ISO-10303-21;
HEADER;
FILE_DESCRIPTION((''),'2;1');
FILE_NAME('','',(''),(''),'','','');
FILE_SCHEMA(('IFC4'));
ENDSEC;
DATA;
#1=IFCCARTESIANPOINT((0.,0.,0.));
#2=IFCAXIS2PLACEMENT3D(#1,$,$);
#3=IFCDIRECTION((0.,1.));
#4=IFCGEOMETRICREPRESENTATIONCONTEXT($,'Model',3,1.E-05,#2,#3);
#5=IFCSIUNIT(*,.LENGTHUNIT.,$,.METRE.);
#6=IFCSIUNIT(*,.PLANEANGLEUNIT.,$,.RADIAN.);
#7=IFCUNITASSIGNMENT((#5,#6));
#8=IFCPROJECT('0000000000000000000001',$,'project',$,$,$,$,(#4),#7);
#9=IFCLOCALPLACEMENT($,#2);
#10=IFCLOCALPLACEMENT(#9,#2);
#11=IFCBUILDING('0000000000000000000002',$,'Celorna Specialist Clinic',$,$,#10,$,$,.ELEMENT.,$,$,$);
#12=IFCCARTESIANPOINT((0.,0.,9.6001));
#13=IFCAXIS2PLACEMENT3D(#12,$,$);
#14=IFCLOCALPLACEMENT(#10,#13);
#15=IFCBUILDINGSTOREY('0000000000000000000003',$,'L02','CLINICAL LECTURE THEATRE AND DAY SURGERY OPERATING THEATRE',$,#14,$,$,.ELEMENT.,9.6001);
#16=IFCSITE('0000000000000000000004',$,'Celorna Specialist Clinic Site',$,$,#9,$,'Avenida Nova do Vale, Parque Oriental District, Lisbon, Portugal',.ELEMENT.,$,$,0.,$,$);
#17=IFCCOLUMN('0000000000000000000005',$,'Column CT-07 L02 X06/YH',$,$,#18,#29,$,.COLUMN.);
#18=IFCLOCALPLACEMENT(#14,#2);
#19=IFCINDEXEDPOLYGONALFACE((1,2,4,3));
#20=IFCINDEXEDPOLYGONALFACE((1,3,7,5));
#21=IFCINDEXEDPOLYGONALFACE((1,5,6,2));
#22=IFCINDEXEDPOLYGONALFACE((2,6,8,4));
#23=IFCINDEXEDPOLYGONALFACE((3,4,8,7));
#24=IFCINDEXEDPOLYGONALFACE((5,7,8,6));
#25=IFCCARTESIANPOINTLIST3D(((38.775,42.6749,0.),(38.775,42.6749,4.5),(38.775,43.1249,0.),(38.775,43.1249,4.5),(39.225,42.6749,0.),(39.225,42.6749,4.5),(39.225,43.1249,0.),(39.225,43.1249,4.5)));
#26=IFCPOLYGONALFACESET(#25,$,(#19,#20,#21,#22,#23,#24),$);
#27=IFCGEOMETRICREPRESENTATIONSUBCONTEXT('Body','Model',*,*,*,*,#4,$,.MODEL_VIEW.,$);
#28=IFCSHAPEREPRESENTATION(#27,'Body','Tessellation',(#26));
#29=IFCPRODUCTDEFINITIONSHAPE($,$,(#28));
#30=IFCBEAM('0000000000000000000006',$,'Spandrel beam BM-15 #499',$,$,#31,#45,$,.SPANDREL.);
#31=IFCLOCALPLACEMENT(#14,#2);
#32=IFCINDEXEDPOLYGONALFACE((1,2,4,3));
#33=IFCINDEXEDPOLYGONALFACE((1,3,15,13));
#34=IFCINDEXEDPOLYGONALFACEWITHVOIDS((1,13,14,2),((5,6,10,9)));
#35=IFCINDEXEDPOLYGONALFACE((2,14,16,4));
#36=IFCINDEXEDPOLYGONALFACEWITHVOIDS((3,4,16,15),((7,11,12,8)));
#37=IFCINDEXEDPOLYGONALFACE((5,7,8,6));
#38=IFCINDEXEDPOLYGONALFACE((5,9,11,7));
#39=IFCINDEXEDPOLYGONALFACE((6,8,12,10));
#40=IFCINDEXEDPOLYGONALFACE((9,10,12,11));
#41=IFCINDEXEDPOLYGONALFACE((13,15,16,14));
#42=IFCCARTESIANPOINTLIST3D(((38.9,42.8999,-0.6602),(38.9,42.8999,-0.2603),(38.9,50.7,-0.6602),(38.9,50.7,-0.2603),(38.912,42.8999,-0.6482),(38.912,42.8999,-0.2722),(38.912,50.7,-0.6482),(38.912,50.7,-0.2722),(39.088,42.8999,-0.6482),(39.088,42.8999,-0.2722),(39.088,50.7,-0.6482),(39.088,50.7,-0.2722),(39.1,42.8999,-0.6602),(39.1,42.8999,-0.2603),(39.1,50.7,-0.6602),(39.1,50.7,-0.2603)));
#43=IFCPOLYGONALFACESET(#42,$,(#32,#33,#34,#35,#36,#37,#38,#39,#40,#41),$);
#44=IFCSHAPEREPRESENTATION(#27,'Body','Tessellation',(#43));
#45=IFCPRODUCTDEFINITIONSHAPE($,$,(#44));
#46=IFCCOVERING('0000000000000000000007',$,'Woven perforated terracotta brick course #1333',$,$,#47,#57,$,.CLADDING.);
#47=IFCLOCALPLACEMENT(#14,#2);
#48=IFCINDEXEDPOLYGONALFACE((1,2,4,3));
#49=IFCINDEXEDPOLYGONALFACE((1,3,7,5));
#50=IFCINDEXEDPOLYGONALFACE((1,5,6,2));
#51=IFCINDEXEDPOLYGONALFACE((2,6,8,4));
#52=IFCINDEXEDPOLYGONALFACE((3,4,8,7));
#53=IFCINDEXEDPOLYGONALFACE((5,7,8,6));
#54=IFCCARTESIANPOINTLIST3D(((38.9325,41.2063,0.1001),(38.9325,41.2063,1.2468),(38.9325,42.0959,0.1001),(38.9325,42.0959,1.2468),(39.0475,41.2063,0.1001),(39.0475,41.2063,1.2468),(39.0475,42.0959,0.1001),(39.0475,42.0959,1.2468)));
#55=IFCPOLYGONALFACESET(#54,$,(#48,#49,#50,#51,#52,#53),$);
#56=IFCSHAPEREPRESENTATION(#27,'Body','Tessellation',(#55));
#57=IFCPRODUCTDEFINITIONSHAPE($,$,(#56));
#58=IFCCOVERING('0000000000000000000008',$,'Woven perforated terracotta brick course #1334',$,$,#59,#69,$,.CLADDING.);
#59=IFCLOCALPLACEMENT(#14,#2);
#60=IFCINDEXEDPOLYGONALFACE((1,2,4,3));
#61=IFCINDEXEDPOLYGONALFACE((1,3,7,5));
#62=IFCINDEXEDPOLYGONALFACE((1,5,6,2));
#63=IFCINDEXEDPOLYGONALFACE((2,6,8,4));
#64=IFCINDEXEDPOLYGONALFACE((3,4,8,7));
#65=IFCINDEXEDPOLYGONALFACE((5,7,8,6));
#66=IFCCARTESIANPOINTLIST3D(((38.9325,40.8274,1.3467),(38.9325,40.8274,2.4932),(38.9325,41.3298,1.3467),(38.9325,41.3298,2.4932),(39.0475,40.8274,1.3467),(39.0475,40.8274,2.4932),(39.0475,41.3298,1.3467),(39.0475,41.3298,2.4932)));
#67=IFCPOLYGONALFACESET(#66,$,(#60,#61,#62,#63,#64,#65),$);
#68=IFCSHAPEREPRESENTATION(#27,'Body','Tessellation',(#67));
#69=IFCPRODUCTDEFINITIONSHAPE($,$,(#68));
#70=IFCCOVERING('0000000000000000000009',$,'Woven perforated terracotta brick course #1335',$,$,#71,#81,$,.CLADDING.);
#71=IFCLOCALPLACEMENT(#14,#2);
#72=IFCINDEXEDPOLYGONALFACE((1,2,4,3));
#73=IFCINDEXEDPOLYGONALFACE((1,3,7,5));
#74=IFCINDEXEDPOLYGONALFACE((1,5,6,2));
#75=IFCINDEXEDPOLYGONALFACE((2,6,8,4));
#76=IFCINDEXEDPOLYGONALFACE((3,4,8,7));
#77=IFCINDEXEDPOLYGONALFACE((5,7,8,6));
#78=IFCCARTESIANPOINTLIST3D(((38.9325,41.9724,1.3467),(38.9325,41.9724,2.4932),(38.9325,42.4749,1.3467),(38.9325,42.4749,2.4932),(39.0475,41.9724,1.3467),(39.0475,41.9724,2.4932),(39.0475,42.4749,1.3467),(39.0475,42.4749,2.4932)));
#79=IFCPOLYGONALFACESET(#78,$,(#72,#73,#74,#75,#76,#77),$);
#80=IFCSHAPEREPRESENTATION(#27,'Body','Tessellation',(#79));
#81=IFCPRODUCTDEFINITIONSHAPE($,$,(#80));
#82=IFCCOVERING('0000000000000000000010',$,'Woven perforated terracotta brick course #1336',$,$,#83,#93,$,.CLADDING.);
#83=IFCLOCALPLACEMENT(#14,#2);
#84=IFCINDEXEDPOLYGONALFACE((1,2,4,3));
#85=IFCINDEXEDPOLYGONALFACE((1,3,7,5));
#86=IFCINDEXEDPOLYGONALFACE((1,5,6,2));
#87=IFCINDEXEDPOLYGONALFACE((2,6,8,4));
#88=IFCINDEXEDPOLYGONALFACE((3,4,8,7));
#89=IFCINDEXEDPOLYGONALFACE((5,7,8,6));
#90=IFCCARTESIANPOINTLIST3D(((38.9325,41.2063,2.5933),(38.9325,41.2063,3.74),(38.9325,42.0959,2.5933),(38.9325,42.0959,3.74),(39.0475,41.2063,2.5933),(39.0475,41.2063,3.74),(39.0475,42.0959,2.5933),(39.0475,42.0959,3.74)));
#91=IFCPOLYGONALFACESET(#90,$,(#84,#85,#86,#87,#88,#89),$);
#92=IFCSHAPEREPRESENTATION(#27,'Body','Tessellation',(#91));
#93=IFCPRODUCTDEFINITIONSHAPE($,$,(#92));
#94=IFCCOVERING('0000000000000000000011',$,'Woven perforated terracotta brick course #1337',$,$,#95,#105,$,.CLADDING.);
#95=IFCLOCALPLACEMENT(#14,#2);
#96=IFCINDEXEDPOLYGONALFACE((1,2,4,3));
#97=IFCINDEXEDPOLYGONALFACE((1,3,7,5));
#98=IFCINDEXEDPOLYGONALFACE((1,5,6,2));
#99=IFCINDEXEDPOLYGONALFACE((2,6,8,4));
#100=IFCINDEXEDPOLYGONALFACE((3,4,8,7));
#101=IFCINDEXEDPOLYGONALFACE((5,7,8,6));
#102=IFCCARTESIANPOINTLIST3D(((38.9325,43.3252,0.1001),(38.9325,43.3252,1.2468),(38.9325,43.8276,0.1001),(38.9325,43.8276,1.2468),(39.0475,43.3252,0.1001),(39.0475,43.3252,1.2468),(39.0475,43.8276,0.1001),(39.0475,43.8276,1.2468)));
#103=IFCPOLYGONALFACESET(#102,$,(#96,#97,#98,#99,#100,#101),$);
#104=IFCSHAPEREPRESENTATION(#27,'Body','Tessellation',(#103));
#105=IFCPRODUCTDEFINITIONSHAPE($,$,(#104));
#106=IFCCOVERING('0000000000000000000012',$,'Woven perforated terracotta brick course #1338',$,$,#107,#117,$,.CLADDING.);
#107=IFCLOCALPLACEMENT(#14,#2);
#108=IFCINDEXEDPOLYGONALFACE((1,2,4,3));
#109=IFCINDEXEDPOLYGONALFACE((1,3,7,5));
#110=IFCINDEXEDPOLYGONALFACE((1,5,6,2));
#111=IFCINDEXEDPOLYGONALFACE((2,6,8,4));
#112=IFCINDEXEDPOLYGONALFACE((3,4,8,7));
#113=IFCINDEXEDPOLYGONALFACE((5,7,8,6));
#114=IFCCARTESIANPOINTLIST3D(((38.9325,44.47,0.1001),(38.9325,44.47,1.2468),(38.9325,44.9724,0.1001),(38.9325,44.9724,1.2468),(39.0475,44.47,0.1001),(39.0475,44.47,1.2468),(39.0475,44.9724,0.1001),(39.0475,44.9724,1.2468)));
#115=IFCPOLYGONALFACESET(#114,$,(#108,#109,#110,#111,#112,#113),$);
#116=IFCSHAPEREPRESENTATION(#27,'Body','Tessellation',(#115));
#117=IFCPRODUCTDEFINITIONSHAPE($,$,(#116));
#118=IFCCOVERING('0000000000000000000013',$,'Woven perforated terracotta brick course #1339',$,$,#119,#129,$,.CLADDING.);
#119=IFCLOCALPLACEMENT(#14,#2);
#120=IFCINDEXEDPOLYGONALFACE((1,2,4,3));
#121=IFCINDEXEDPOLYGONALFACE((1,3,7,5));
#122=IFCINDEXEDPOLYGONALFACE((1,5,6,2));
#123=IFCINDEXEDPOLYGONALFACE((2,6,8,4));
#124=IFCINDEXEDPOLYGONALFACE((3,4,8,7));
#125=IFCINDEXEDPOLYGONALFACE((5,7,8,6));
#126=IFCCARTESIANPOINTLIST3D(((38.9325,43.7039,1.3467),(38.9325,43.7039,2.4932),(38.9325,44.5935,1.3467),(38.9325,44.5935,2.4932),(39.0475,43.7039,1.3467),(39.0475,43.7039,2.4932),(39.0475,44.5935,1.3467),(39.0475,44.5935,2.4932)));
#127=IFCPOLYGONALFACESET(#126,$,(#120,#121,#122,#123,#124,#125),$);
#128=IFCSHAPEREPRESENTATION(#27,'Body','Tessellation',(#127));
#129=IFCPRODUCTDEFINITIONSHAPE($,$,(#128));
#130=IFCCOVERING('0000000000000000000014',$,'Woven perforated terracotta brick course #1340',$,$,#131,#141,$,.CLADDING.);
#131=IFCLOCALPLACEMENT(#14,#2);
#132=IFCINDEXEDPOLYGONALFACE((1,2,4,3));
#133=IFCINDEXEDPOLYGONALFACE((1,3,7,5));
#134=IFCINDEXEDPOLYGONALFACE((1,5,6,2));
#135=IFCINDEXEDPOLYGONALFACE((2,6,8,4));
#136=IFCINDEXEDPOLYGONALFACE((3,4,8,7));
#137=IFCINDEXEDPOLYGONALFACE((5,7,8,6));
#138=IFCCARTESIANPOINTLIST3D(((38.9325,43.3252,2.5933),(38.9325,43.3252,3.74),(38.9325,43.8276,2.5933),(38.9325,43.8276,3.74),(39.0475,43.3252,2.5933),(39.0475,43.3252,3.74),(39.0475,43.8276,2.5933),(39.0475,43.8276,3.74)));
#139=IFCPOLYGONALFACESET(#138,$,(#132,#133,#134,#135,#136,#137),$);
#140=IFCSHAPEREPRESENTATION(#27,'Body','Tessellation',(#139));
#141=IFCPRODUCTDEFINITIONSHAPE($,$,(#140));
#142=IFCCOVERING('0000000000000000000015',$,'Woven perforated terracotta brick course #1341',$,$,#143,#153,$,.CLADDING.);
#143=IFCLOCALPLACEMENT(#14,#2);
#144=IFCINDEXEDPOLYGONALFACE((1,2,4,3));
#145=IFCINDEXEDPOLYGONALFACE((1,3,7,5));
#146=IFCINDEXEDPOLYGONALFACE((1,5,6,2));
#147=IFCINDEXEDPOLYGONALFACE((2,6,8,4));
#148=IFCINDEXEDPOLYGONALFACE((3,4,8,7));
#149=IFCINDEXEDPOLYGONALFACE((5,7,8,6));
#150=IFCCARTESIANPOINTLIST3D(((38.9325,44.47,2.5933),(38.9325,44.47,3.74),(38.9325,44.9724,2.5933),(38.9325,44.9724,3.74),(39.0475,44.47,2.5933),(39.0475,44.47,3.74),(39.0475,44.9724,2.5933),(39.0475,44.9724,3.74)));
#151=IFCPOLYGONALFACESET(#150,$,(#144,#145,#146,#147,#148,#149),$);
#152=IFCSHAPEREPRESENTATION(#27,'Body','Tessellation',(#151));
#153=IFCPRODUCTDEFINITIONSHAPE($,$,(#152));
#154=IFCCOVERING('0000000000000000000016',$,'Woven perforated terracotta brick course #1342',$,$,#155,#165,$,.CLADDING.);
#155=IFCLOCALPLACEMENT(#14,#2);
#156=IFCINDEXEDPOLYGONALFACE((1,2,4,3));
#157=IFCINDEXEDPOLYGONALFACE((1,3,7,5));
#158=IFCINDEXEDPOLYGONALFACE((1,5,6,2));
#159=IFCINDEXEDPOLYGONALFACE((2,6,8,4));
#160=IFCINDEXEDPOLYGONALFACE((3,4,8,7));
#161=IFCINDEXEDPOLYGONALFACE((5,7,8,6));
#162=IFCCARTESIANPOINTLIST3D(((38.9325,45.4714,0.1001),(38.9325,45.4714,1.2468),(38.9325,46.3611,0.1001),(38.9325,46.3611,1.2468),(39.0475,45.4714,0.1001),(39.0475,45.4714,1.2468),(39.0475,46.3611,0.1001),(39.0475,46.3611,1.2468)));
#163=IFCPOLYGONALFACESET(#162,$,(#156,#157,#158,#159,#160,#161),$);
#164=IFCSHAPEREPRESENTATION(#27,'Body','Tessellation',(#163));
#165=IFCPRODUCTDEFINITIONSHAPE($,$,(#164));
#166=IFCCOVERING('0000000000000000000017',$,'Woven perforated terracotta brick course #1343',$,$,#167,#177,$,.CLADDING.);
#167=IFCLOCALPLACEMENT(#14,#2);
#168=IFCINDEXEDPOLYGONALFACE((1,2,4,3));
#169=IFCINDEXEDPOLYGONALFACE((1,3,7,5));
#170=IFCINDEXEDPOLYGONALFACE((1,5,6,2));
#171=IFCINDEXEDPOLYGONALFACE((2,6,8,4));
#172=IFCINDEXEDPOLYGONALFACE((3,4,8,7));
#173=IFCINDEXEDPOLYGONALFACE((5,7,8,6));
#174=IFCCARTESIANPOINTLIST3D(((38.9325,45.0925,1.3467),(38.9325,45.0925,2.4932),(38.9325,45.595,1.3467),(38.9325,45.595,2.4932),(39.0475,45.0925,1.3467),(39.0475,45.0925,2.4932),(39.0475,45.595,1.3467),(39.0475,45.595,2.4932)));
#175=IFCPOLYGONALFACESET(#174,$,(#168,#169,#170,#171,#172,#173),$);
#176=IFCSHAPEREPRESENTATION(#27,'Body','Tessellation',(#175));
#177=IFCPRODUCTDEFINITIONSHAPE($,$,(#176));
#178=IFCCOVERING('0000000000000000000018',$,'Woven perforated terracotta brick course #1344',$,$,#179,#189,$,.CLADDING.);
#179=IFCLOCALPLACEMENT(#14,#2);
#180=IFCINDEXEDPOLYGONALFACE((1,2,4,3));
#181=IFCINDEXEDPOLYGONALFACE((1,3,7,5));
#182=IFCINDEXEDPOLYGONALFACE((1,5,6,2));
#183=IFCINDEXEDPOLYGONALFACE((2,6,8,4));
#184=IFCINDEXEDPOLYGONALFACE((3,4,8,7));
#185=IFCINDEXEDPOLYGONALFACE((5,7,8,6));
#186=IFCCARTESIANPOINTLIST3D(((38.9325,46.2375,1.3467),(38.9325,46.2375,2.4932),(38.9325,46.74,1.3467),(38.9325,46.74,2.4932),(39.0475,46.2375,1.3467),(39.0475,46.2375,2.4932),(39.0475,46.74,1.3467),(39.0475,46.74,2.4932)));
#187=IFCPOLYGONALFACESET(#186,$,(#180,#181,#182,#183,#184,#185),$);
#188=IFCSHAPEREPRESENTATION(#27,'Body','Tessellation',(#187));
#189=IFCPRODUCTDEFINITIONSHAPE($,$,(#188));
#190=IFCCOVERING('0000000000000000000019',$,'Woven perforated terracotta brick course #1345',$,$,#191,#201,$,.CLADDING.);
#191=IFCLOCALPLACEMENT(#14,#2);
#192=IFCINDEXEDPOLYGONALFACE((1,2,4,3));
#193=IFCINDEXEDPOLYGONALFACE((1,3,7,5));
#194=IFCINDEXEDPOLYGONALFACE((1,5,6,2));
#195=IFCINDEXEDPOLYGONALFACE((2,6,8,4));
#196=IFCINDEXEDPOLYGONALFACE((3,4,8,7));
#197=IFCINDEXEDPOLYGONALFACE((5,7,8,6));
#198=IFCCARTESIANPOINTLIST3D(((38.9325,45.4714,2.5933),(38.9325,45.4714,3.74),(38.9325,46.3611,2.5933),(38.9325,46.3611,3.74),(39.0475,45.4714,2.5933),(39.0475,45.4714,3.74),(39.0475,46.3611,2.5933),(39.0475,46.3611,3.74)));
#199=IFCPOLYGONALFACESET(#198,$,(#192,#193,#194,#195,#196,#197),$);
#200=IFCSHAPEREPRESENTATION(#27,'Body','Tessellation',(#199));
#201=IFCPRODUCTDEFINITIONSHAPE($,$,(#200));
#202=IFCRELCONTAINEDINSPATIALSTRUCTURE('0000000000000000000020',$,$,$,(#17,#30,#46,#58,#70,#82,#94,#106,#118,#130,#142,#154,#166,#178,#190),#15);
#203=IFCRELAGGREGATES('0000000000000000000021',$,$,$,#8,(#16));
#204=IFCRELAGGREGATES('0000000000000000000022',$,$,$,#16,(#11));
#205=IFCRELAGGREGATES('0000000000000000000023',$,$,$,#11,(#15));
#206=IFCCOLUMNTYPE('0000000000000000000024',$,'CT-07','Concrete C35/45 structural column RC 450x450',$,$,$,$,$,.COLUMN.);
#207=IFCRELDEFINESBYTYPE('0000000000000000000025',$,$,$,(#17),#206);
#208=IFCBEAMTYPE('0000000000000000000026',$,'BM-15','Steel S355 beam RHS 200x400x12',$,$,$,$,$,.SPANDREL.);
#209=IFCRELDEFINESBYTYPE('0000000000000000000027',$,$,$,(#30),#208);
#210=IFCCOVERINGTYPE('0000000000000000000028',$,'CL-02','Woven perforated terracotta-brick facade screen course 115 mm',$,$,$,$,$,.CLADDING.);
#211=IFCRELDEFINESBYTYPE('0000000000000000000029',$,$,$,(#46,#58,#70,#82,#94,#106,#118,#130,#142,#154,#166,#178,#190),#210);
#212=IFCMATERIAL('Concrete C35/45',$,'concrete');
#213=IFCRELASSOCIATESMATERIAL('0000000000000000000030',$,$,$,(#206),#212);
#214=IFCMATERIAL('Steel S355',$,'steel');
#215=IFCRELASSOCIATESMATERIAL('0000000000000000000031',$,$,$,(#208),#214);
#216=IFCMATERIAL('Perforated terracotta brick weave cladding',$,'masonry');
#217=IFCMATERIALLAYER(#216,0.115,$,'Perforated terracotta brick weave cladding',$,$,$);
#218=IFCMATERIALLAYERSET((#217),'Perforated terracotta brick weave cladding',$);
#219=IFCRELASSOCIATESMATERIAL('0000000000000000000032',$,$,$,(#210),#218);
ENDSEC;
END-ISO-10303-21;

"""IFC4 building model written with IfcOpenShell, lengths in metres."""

from ifc_helpers import new_model, si_unit, direction, frame, origin, origin_2d, place, context, subcontext, project, spatial, rectangle, hollow_rectangle, extrude, material, layer, layer_set, material_profile, profile_set, type_object, element, save


model = new_model("IFC4")

# Units and contexts
model_context = context("Model", 3, precision=1e-05, world=origin(), true_north=direction((0.0, 1.0)))
body_context = subcontext(model_context, "Body", "Model", "MODEL_VIEW")
ifc_project = project(units=[si_unit("LENGTHUNIT", "METRE"), si_unit("PLANEANGLEUNIT", "RADIAN")], contexts=[model_context])

# Site, building, storey
site_placement = place(None, origin())
site = spatial("IfcSite", under=ifc_project, at=site_placement, Name="Celorna Specialist Clinic Site", LongName="Avenida Nova do Vale, Parque Oriental District, Lisbon, Portugal", CompositionType="ELEMENT", RefElevation=0.0)
building_placement = place(site_placement, origin())
building = spatial("IfcBuilding", under=site, at=building_placement, Name="Celorna Specialist Clinic", CompositionType="ELEMENT")
storey_placement = place(building_placement, frame((0.0, 0.0, 9.6001)))
storey = spatial("IfcBuildingStorey", under=building, at=storey_placement, Name="L02", Description="CLINICAL LECTURE THEATRE AND DAY SURGERY OPERATING THEATRE", CompositionType="ELEMENT", Elevation=9.6001)

# Column
ifc_material_1 = material(Name="Concrete C35/45", Category="concrete")
ifc_material_profile_1 = material_profile(ifc_material_1, rectangle(XDim=0.45, YDim=0.45, at=origin_2d()), Name="RC 450x450")
ifc_profile_set_1 = profile_set([ifc_material_profile_1], Name="Concrete C35/45")
column_type = type_object("IfcColumnType", Name="CT-07", Description="Concrete C35/45 structural column RC 450x450", PredefinedType="COLUMN", material=ifc_profile_set_1)
column_placement = place(storey_placement, frame((39.0, 42.8999, 0.0), z_axis=(0.0, 0.0, 1.0), x_axis=(1.0, 0.0, 0.0)))
element("IfcColumn", 1, at=column_placement, inside=storey, type_object=column_type, Name="Column CT-07 L02 X06/YH", PredefinedType="COLUMN", context=body_context, shape_type="SweptSolid", body=[
    extrude(rectangle(XDim=0.45, YDim=0.45, at=origin_2d()), origin(), (0.0, 0.0, 1.0), 4.5),
])

# Beam
ifc_material_2 = material(Name="Steel S355", Category="steel")
ifc_material_profile_2 = material_profile(ifc_material_2, hollow_rectangle(XDim=0.2, YDim=0.3999, WallThickness=0.012, at=origin_2d()), Name="RHS 200x400x12")
ifc_profile_set_2 = profile_set([ifc_material_profile_2], Name="Steel S355")
beam_type = type_object("IfcBeamType", Name="BM-15", Description="Steel S355 beam RHS 200x400x12", PredefinedType="SPANDREL", material=ifc_profile_set_2)
beam_placement = place(storey_placement, frame((39.0, 42.8999, -0.4602), z_axis=(0.0, 1.0, 0.0), x_axis=(-1.0, 0.0, 0.0)))
element("IfcBeam", 2, at=beam_placement, inside=storey, type_object=beam_type, Name="Spandrel beam BM-15 #499", PredefinedType="SPANDREL", context=body_context, shape_type="SweptSolid", body=[
    extrude(hollow_rectangle(XDim=0.2, YDim=0.3999, WallThickness=0.012, at=origin_2d()), origin(), (0.0, 0.0, 1.0), 7.8),
])

# Coverings
ifc_material_3 = material(Name="Perforated terracotta brick weave cladding", Category="masonry")
ifc_layer = layer(ifc_material_3, 0.115, Name="Perforated terracotta brick weave cladding")
ifc_layer_set = layer_set([ifc_layer], Name="Perforated terracotta brick weave cladding")
covering_type = type_object("IfcCoveringType", Name="CL-02", Description="Woven perforated terracotta-brick facade screen course 115 mm", PredefinedType="CLADDING", material=ifc_layer_set)
covering_1_placement = place(storey_placement, frame((38.99, 41.6511, 0.1001), z_axis=(0.0, 0.0, 1.0), x_axis=(0.0, 1.0, 0.0)))
element("IfcCovering", 3, at=covering_1_placement, inside=storey, type_object=covering_type, Name="Woven perforated terracotta brick course #1333", PredefinedType="CLADDING", context=body_context, shape_type="SweptSolid", body=[
    extrude(rectangle(XDim=0.8896, YDim=0.115, at=origin_2d()), origin(), (0.0, 0.0, 1.0), 1.1467),
])
for number, where, z_axis, x_axis, name in (
    (4, (38.99, 41.0786, 1.3467), (0.0, 0.0, 1.0), (0.0, 1.0, 0.0), "Woven perforated terracotta brick course #1334"),
    (5, (38.99, 42.2236, 1.3467), (0.0, 0.0, 1.0), (0.0, 1.0, 0.0), "Woven perforated terracotta brick course #1335"),
):
    element("IfcCovering", number, at=place(storey_placement, frame(where, z_axis=z_axis, x_axis=x_axis)), inside=storey, type_object=covering_type, Name=name, PredefinedType="CLADDING", context=body_context, shape_type="SweptSolid", body=[
        extrude(rectangle(XDim=0.5024, YDim=0.115, at=origin_2d()), origin(), (0.0, 0.0, 1.0), 1.1465),
    ])
covering_2_placement = place(storey_placement, frame((38.99, 41.6511, 2.5933), z_axis=(0.0, 0.0, 1.0), x_axis=(0.0, 1.0, 0.0)))
element("IfcCovering", 6, at=covering_2_placement, inside=storey, type_object=covering_type, Name="Woven perforated terracotta brick course #1336", PredefinedType="CLADDING", context=body_context, shape_type="SweptSolid", body=[
    extrude(rectangle(XDim=0.8896, YDim=0.115, at=origin_2d()), origin(), (0.0, 0.0, 1.0), 1.1467),
])
for number, where, z_axis, x_axis, name in (
    (7, (38.99, 43.5764, 0.1001), (0.0, 0.0, 1.0), (0.0, 1.0, 0.0), "Woven perforated terracotta brick course #1337"),
    (8, (38.99, 44.7212, 0.1001), (0.0, 0.0, 1.0), (0.0, 1.0, 0.0), "Woven perforated terracotta brick course #1338"),
):
    element("IfcCovering", number, at=place(storey_placement, frame(where, z_axis=z_axis, x_axis=x_axis)), inside=storey, type_object=covering_type, Name=name, PredefinedType="CLADDING", context=body_context, shape_type="SweptSolid", body=[
        extrude(rectangle(XDim=0.5024, YDim=0.115, at=origin_2d()), origin(), (0.0, 0.0, 1.0), 1.1467),
    ])
covering_3_placement = place(storey_placement, frame((38.99, 44.1487, 1.3467), z_axis=(0.0, 0.0, 1.0), x_axis=(0.0, 1.0, 0.0)))
element("IfcCovering", 9, at=covering_3_placement, inside=storey, type_object=covering_type, Name="Woven perforated terracotta brick course #1339", PredefinedType="CLADDING", context=body_context, shape_type="SweptSolid", body=[
    extrude(rectangle(XDim=0.8896, YDim=0.115, at=origin_2d()), origin(), (0.0, 0.0, 1.0), 1.1465),
])
for number, where, z_axis, x_axis, name in (
    (10, (38.99, 43.5764, 2.5933), (0.0, 0.0, 1.0), (0.0, 1.0, 0.0), "Woven perforated terracotta brick course #1340"),
    (11, (38.99, 44.7212, 2.5933), (0.0, 0.0, 1.0), (0.0, 1.0, 0.0), "Woven perforated terracotta brick course #1341"),
):
    element("IfcCovering", number, at=place(storey_placement, frame(where, z_axis=z_axis, x_axis=x_axis)), inside=storey, type_object=covering_type, Name=name, PredefinedType="CLADDING", context=body_context, shape_type="SweptSolid", body=[
        extrude(rectangle(XDim=0.5024, YDim=0.115, at=origin_2d()), origin(), (0.0, 0.0, 1.0), 1.1467),
    ])
covering_4_placement = place(storey_placement, frame((38.99, 45.9163, 0.1001), z_axis=(0.0, 0.0, 1.0), x_axis=(0.0, 1.0, 0.0)))
element("IfcCovering", 12, at=covering_4_placement, inside=storey, type_object=covering_type, Name="Woven perforated terracotta brick course #1342", PredefinedType="CLADDING", context=body_context, shape_type="SweptSolid", body=[
    extrude(rectangle(XDim=0.8896, YDim=0.115, at=origin_2d()), origin(), (0.0, 0.0, 1.0), 1.1467),
])
for number, where, z_axis, x_axis, name in (
    (13, (38.99, 45.3438, 1.3467), (0.0, 0.0, 1.0), (0.0, 1.0, 0.0), "Woven perforated terracotta brick course #1343"),
    (14, (38.99, 46.4888, 1.3467), (0.0, 0.0, 1.0), (0.0, 1.0, 0.0), "Woven perforated terracotta brick course #1344"),
):
    element("IfcCovering", number, at=place(storey_placement, frame(where, z_axis=z_axis, x_axis=x_axis)), inside=storey, type_object=covering_type, Name=name, PredefinedType="CLADDING", context=body_context, shape_type="SweptSolid", body=[
        extrude(rectangle(XDim=0.5024, YDim=0.115, at=origin_2d()), origin(), (0.0, 0.0, 1.0), 1.1465),
    ])
covering_5_placement = place(storey_placement, frame((38.99, 45.9163, 2.5933), z_axis=(0.0, 0.0, 1.0), x_axis=(0.0, 1.0, 0.0)))
element("IfcCovering", 15, at=covering_5_placement, inside=storey, type_object=covering_type, Name="Woven perforated terracotta brick course #1345", PredefinedType="CLADDING", context=body_context, shape_type="SweptSolid", body=[
    extrude(rectangle(XDim=0.8896, YDim=0.115, at=origin_2d()), origin(), (0.0, 0.0, 1.0), 1.1467),
])

save(model, "model.ifc")
